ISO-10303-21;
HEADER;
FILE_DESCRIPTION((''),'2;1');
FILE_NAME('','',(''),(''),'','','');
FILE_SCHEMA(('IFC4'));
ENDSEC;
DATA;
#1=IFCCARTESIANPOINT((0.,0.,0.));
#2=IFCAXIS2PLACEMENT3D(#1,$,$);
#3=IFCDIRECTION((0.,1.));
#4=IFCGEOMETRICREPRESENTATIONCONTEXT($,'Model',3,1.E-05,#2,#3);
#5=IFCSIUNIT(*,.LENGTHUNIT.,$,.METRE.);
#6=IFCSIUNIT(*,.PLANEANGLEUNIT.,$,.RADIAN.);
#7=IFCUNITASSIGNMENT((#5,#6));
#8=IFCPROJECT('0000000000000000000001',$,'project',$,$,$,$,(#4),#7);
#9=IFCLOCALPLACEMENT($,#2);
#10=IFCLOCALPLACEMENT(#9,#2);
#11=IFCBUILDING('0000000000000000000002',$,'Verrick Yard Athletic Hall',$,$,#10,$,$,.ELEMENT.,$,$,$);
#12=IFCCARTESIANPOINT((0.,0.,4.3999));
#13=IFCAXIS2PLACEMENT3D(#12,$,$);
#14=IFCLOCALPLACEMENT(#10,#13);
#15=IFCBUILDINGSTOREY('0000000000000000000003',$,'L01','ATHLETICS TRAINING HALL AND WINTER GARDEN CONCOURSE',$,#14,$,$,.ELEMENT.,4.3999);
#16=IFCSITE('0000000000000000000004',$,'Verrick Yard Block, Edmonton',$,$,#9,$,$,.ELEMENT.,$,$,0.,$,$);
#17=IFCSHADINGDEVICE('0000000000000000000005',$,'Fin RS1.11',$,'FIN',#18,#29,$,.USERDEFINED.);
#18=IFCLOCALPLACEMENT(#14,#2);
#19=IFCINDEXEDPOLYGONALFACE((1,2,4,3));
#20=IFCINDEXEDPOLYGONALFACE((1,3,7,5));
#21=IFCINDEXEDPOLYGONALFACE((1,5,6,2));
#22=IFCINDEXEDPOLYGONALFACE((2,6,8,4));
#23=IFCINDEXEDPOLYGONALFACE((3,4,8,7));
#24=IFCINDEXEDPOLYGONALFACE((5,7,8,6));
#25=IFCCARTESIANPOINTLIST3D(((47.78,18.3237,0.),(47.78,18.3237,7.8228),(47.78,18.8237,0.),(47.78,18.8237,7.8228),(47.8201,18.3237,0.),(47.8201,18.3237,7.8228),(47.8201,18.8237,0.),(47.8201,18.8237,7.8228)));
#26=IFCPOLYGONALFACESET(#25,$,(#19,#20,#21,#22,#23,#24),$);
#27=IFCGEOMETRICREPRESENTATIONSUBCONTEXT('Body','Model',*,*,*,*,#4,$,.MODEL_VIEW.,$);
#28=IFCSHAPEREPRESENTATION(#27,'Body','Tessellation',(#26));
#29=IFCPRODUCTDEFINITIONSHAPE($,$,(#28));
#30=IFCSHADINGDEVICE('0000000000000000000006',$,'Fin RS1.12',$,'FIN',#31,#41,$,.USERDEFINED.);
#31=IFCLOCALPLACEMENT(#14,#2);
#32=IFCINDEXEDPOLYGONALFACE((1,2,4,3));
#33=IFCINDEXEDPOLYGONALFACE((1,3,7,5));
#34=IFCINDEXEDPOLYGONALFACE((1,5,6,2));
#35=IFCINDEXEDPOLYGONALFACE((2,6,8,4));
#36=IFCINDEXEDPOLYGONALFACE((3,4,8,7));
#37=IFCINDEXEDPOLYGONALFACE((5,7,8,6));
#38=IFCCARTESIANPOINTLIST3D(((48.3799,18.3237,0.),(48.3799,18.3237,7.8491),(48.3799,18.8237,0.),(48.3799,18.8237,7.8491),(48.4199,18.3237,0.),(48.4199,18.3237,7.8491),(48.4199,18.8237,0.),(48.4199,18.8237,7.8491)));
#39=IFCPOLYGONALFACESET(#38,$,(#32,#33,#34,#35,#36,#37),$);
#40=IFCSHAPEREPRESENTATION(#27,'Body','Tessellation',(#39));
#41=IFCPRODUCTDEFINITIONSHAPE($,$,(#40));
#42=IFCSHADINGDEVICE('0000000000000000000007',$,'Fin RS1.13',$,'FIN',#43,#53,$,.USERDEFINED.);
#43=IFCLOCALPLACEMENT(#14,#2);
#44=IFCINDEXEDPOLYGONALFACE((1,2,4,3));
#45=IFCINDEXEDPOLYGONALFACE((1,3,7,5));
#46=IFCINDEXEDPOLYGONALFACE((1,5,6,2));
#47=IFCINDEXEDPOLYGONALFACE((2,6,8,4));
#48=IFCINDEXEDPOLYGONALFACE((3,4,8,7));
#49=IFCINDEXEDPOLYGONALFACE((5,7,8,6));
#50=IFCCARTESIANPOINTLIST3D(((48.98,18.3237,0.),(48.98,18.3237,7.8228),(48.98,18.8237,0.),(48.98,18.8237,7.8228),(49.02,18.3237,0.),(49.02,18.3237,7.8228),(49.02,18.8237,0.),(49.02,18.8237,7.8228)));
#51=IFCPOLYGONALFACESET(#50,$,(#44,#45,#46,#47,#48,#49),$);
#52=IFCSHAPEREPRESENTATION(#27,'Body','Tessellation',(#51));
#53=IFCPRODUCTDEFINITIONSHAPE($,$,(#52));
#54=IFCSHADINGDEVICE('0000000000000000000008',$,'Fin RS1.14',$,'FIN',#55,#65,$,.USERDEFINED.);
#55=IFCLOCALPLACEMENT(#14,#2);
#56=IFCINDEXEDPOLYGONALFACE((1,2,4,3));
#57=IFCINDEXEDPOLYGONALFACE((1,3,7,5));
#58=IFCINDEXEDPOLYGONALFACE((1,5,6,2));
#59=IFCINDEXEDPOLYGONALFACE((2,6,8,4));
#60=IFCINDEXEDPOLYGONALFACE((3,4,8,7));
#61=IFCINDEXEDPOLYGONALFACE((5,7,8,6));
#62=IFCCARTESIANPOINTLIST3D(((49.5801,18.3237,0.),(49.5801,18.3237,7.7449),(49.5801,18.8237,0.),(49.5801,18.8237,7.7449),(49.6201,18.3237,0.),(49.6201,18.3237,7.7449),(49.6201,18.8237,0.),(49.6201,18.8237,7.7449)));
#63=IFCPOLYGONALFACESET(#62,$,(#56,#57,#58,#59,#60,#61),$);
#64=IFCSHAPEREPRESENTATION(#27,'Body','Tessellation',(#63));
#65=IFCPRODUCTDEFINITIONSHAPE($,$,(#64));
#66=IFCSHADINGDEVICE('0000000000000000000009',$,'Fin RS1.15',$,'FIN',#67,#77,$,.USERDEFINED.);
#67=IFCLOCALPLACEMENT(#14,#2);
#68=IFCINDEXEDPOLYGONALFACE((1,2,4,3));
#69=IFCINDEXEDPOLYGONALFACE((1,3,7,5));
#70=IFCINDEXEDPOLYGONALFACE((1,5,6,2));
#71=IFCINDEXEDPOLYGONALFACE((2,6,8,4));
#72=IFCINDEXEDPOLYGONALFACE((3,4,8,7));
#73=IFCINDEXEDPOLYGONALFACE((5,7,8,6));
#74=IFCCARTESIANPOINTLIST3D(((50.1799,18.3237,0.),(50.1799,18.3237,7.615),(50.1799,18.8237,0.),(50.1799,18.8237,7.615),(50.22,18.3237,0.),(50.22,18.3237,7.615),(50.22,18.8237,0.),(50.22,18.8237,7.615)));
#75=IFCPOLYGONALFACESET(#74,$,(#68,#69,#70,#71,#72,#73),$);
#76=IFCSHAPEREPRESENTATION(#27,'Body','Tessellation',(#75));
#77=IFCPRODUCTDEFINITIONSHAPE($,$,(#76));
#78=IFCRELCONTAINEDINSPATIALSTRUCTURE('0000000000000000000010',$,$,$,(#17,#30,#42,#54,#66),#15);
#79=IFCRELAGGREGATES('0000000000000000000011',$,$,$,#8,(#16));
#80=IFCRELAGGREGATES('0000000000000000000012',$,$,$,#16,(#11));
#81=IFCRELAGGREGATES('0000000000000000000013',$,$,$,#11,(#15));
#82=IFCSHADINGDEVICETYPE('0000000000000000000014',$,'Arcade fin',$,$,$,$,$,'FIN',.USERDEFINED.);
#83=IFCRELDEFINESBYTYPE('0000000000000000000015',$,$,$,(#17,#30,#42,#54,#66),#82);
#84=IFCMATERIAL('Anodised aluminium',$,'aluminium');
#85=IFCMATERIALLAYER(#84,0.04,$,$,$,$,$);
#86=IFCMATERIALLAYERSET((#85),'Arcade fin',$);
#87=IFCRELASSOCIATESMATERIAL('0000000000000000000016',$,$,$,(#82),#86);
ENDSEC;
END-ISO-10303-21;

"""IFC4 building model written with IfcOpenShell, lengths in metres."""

from ifc_helpers import new_model, si_unit, direction, frame, origin, place, context, subcontext, project, spatial, polyline, outline, extrude, material, layer, layer_set, type_object, element, save


model = new_model("IFC4")

# Units and contexts
model_context = context("Model", 3, precision=1e-05, world=origin(), true_north=direction((0.0, 1.0)))
body_context = subcontext(model_context, "Body", "Model", "MODEL_VIEW")
ifc_project = project(units=[si_unit("LENGTHUNIT", "METRE"), si_unit("PLANEANGLEUNIT", "RADIAN")], contexts=[model_context])

# Site, building, storey
site_placement = place(None, origin())
site = spatial("IfcSite", under=ifc_project, at=site_placement, Name="Verrick Yard Block, Edmonton", CompositionType="ELEMENT", RefElevation=0.0)
building_placement = place(site_placement, origin())
building = spatial("IfcBuilding", under=site, at=building_placement, Name="Verrick Yard Athletic Hall", CompositionType="ELEMENT")
storey_placement = place(building_placement, frame((0.0, 0.0, 4.3999)))
storey = spatial("IfcBuildingStorey", under=building, at=storey_placement, Name="L01", Description="ATHLETICS TRAINING HALL AND WINTER GARDEN CONCOURSE", CompositionType="ELEMENT", Elevation=4.3999)

# Shading devices
ifc_material_1 = material(Name="Anodised aluminium", Category="aluminium")
ifc_layer_1 = layer(ifc_material_1, 0.04)
ifc_layer_set_1 = layer_set([ifc_layer_1], Name="Arcade fin")
shading_device_type = type_object("IfcShadingDeviceType", Name="Arcade fin", ElementType="FIN", PredefinedType="USERDEFINED", material=ifc_layer_set_1)
shading_device_1_placement = place(storey_placement, frame((47.8, 18.8237, 0.0), z_axis=(0.0, 0.0, 1.0), x_axis=(0.0, -1.0, 0.0)))
element("IfcShadingDevice", 1, at=shading_device_1_placement, inside=storey, type_object=shading_device_type, Name="Fin RS1.11", ObjectType="FIN", PredefinedType="USERDEFINED", context=body_context, shape_type="SweptSolid", body=[
    extrude(outline(polyline([(0.0, 0.0), (0.5, 0.0), (0.5, 7.8228), (0.0, 7.8228), (0.0, 0.0)])), frame((0.0, 0.02, 0.0), z_axis=(0.0, -1.0, 0.0), x_axis=(1.0, 0.0, 0.0)), (0.0, 0.0, 1.0), 0.04),
])
shading_device_2_placement = place(storey_placement, frame((48.3999, 18.8237, 0.0), z_axis=(0.0, 0.0, 1.0), x_axis=(0.0, -1.0, 0.0)))
element("IfcShadingDevice", 2, at=shading_device_2_placement, inside=storey, type_object=shading_device_type, Name="Fin RS1.12", ObjectType="FIN", PredefinedType="USERDEFINED", context=body_context, shape_type="SweptSolid", body=[
    extrude(outline(polyline([(0.0, 0.0), (0.5, 0.0), (0.5, 7.8491), (0.0, 7.8491), (0.0, 0.0)])), frame((0.0, 0.02, 0.0), z_axis=(0.0, -1.0, 0.0), x_axis=(1.0, 0.0, 0.0)), (0.0, 0.0, 1.0), 0.04),
])
shading_device_3_placement = place(storey_placement, frame((49.0, 18.8237, 0.0), z_axis=(0.0, 0.0, 1.0), x_axis=(0.0, -1.0, 0.0)))
element("IfcShadingDevice", 3, at=shading_device_3_placement, inside=storey, type_object=shading_device_type, Name="Fin RS1.13", ObjectType="FIN", PredefinedType="USERDEFINED", context=body_context, shape_type="SweptSolid", body=[
    extrude(outline(polyline([(0.0, 0.0), (0.5, 0.0), (0.5, 7.8228), (0.0, 7.8228), (0.0, 0.0)])), frame((0.0, 0.02, 0.0), z_axis=(0.0, -1.0, 0.0), x_axis=(1.0, 0.0, 0.0)), (0.0, 0.0, 1.0), 0.04),
])
shading_device_4_placement = place(storey_placement, frame((49.6001, 18.8237, 0.0), z_axis=(0.0, 0.0, 1.0), x_axis=(0.0, -1.0, 0.0)))
element("IfcShadingDevice", 4, at=shading_device_4_placement, inside=storey, type_object=shading_device_type, Name="Fin RS1.14", ObjectType="FIN", PredefinedType="USERDEFINED", context=body_context, shape_type="SweptSolid", body=[
    extrude(outline(polyline([(0.0, 0.0), (0.5, 0.0), (0.5, 7.7449), (0.0, 7.7449), (0.0, 0.0)])), frame((0.0, 0.02, 0.0), z_axis=(0.0, -1.0, 0.0), x_axis=(1.0, 0.0, 0.0)), (0.0, 0.0, 1.0), 0.04),
])
shading_device_5_placement = place(storey_placement, frame((50.2, 18.8237, 0.0), z_axis=(0.0, 0.0, 1.0), x_axis=(0.0, -1.0, 0.0)))
element("IfcShadingDevice", 5, at=shading_device_5_placement, inside=storey, type_object=shading_device_type, Name="Fin RS1.15", ObjectType="FIN", PredefinedType="USERDEFINED", context=body_context, shape_type="SweptSolid", body=[
    extrude(outline(polyline([(0.0, 0.0), (0.5, 0.0), (0.5, 7.615), (0.0, 7.615), (0.0, 0.0)])), frame((0.0, 0.02, 0.0), z_axis=(0.0, -1.0, 0.0), x_axis=(1.0, 0.0, 0.0)), (0.0, 0.0, 1.0), 0.04),
])

save(model, "model.ifc")
